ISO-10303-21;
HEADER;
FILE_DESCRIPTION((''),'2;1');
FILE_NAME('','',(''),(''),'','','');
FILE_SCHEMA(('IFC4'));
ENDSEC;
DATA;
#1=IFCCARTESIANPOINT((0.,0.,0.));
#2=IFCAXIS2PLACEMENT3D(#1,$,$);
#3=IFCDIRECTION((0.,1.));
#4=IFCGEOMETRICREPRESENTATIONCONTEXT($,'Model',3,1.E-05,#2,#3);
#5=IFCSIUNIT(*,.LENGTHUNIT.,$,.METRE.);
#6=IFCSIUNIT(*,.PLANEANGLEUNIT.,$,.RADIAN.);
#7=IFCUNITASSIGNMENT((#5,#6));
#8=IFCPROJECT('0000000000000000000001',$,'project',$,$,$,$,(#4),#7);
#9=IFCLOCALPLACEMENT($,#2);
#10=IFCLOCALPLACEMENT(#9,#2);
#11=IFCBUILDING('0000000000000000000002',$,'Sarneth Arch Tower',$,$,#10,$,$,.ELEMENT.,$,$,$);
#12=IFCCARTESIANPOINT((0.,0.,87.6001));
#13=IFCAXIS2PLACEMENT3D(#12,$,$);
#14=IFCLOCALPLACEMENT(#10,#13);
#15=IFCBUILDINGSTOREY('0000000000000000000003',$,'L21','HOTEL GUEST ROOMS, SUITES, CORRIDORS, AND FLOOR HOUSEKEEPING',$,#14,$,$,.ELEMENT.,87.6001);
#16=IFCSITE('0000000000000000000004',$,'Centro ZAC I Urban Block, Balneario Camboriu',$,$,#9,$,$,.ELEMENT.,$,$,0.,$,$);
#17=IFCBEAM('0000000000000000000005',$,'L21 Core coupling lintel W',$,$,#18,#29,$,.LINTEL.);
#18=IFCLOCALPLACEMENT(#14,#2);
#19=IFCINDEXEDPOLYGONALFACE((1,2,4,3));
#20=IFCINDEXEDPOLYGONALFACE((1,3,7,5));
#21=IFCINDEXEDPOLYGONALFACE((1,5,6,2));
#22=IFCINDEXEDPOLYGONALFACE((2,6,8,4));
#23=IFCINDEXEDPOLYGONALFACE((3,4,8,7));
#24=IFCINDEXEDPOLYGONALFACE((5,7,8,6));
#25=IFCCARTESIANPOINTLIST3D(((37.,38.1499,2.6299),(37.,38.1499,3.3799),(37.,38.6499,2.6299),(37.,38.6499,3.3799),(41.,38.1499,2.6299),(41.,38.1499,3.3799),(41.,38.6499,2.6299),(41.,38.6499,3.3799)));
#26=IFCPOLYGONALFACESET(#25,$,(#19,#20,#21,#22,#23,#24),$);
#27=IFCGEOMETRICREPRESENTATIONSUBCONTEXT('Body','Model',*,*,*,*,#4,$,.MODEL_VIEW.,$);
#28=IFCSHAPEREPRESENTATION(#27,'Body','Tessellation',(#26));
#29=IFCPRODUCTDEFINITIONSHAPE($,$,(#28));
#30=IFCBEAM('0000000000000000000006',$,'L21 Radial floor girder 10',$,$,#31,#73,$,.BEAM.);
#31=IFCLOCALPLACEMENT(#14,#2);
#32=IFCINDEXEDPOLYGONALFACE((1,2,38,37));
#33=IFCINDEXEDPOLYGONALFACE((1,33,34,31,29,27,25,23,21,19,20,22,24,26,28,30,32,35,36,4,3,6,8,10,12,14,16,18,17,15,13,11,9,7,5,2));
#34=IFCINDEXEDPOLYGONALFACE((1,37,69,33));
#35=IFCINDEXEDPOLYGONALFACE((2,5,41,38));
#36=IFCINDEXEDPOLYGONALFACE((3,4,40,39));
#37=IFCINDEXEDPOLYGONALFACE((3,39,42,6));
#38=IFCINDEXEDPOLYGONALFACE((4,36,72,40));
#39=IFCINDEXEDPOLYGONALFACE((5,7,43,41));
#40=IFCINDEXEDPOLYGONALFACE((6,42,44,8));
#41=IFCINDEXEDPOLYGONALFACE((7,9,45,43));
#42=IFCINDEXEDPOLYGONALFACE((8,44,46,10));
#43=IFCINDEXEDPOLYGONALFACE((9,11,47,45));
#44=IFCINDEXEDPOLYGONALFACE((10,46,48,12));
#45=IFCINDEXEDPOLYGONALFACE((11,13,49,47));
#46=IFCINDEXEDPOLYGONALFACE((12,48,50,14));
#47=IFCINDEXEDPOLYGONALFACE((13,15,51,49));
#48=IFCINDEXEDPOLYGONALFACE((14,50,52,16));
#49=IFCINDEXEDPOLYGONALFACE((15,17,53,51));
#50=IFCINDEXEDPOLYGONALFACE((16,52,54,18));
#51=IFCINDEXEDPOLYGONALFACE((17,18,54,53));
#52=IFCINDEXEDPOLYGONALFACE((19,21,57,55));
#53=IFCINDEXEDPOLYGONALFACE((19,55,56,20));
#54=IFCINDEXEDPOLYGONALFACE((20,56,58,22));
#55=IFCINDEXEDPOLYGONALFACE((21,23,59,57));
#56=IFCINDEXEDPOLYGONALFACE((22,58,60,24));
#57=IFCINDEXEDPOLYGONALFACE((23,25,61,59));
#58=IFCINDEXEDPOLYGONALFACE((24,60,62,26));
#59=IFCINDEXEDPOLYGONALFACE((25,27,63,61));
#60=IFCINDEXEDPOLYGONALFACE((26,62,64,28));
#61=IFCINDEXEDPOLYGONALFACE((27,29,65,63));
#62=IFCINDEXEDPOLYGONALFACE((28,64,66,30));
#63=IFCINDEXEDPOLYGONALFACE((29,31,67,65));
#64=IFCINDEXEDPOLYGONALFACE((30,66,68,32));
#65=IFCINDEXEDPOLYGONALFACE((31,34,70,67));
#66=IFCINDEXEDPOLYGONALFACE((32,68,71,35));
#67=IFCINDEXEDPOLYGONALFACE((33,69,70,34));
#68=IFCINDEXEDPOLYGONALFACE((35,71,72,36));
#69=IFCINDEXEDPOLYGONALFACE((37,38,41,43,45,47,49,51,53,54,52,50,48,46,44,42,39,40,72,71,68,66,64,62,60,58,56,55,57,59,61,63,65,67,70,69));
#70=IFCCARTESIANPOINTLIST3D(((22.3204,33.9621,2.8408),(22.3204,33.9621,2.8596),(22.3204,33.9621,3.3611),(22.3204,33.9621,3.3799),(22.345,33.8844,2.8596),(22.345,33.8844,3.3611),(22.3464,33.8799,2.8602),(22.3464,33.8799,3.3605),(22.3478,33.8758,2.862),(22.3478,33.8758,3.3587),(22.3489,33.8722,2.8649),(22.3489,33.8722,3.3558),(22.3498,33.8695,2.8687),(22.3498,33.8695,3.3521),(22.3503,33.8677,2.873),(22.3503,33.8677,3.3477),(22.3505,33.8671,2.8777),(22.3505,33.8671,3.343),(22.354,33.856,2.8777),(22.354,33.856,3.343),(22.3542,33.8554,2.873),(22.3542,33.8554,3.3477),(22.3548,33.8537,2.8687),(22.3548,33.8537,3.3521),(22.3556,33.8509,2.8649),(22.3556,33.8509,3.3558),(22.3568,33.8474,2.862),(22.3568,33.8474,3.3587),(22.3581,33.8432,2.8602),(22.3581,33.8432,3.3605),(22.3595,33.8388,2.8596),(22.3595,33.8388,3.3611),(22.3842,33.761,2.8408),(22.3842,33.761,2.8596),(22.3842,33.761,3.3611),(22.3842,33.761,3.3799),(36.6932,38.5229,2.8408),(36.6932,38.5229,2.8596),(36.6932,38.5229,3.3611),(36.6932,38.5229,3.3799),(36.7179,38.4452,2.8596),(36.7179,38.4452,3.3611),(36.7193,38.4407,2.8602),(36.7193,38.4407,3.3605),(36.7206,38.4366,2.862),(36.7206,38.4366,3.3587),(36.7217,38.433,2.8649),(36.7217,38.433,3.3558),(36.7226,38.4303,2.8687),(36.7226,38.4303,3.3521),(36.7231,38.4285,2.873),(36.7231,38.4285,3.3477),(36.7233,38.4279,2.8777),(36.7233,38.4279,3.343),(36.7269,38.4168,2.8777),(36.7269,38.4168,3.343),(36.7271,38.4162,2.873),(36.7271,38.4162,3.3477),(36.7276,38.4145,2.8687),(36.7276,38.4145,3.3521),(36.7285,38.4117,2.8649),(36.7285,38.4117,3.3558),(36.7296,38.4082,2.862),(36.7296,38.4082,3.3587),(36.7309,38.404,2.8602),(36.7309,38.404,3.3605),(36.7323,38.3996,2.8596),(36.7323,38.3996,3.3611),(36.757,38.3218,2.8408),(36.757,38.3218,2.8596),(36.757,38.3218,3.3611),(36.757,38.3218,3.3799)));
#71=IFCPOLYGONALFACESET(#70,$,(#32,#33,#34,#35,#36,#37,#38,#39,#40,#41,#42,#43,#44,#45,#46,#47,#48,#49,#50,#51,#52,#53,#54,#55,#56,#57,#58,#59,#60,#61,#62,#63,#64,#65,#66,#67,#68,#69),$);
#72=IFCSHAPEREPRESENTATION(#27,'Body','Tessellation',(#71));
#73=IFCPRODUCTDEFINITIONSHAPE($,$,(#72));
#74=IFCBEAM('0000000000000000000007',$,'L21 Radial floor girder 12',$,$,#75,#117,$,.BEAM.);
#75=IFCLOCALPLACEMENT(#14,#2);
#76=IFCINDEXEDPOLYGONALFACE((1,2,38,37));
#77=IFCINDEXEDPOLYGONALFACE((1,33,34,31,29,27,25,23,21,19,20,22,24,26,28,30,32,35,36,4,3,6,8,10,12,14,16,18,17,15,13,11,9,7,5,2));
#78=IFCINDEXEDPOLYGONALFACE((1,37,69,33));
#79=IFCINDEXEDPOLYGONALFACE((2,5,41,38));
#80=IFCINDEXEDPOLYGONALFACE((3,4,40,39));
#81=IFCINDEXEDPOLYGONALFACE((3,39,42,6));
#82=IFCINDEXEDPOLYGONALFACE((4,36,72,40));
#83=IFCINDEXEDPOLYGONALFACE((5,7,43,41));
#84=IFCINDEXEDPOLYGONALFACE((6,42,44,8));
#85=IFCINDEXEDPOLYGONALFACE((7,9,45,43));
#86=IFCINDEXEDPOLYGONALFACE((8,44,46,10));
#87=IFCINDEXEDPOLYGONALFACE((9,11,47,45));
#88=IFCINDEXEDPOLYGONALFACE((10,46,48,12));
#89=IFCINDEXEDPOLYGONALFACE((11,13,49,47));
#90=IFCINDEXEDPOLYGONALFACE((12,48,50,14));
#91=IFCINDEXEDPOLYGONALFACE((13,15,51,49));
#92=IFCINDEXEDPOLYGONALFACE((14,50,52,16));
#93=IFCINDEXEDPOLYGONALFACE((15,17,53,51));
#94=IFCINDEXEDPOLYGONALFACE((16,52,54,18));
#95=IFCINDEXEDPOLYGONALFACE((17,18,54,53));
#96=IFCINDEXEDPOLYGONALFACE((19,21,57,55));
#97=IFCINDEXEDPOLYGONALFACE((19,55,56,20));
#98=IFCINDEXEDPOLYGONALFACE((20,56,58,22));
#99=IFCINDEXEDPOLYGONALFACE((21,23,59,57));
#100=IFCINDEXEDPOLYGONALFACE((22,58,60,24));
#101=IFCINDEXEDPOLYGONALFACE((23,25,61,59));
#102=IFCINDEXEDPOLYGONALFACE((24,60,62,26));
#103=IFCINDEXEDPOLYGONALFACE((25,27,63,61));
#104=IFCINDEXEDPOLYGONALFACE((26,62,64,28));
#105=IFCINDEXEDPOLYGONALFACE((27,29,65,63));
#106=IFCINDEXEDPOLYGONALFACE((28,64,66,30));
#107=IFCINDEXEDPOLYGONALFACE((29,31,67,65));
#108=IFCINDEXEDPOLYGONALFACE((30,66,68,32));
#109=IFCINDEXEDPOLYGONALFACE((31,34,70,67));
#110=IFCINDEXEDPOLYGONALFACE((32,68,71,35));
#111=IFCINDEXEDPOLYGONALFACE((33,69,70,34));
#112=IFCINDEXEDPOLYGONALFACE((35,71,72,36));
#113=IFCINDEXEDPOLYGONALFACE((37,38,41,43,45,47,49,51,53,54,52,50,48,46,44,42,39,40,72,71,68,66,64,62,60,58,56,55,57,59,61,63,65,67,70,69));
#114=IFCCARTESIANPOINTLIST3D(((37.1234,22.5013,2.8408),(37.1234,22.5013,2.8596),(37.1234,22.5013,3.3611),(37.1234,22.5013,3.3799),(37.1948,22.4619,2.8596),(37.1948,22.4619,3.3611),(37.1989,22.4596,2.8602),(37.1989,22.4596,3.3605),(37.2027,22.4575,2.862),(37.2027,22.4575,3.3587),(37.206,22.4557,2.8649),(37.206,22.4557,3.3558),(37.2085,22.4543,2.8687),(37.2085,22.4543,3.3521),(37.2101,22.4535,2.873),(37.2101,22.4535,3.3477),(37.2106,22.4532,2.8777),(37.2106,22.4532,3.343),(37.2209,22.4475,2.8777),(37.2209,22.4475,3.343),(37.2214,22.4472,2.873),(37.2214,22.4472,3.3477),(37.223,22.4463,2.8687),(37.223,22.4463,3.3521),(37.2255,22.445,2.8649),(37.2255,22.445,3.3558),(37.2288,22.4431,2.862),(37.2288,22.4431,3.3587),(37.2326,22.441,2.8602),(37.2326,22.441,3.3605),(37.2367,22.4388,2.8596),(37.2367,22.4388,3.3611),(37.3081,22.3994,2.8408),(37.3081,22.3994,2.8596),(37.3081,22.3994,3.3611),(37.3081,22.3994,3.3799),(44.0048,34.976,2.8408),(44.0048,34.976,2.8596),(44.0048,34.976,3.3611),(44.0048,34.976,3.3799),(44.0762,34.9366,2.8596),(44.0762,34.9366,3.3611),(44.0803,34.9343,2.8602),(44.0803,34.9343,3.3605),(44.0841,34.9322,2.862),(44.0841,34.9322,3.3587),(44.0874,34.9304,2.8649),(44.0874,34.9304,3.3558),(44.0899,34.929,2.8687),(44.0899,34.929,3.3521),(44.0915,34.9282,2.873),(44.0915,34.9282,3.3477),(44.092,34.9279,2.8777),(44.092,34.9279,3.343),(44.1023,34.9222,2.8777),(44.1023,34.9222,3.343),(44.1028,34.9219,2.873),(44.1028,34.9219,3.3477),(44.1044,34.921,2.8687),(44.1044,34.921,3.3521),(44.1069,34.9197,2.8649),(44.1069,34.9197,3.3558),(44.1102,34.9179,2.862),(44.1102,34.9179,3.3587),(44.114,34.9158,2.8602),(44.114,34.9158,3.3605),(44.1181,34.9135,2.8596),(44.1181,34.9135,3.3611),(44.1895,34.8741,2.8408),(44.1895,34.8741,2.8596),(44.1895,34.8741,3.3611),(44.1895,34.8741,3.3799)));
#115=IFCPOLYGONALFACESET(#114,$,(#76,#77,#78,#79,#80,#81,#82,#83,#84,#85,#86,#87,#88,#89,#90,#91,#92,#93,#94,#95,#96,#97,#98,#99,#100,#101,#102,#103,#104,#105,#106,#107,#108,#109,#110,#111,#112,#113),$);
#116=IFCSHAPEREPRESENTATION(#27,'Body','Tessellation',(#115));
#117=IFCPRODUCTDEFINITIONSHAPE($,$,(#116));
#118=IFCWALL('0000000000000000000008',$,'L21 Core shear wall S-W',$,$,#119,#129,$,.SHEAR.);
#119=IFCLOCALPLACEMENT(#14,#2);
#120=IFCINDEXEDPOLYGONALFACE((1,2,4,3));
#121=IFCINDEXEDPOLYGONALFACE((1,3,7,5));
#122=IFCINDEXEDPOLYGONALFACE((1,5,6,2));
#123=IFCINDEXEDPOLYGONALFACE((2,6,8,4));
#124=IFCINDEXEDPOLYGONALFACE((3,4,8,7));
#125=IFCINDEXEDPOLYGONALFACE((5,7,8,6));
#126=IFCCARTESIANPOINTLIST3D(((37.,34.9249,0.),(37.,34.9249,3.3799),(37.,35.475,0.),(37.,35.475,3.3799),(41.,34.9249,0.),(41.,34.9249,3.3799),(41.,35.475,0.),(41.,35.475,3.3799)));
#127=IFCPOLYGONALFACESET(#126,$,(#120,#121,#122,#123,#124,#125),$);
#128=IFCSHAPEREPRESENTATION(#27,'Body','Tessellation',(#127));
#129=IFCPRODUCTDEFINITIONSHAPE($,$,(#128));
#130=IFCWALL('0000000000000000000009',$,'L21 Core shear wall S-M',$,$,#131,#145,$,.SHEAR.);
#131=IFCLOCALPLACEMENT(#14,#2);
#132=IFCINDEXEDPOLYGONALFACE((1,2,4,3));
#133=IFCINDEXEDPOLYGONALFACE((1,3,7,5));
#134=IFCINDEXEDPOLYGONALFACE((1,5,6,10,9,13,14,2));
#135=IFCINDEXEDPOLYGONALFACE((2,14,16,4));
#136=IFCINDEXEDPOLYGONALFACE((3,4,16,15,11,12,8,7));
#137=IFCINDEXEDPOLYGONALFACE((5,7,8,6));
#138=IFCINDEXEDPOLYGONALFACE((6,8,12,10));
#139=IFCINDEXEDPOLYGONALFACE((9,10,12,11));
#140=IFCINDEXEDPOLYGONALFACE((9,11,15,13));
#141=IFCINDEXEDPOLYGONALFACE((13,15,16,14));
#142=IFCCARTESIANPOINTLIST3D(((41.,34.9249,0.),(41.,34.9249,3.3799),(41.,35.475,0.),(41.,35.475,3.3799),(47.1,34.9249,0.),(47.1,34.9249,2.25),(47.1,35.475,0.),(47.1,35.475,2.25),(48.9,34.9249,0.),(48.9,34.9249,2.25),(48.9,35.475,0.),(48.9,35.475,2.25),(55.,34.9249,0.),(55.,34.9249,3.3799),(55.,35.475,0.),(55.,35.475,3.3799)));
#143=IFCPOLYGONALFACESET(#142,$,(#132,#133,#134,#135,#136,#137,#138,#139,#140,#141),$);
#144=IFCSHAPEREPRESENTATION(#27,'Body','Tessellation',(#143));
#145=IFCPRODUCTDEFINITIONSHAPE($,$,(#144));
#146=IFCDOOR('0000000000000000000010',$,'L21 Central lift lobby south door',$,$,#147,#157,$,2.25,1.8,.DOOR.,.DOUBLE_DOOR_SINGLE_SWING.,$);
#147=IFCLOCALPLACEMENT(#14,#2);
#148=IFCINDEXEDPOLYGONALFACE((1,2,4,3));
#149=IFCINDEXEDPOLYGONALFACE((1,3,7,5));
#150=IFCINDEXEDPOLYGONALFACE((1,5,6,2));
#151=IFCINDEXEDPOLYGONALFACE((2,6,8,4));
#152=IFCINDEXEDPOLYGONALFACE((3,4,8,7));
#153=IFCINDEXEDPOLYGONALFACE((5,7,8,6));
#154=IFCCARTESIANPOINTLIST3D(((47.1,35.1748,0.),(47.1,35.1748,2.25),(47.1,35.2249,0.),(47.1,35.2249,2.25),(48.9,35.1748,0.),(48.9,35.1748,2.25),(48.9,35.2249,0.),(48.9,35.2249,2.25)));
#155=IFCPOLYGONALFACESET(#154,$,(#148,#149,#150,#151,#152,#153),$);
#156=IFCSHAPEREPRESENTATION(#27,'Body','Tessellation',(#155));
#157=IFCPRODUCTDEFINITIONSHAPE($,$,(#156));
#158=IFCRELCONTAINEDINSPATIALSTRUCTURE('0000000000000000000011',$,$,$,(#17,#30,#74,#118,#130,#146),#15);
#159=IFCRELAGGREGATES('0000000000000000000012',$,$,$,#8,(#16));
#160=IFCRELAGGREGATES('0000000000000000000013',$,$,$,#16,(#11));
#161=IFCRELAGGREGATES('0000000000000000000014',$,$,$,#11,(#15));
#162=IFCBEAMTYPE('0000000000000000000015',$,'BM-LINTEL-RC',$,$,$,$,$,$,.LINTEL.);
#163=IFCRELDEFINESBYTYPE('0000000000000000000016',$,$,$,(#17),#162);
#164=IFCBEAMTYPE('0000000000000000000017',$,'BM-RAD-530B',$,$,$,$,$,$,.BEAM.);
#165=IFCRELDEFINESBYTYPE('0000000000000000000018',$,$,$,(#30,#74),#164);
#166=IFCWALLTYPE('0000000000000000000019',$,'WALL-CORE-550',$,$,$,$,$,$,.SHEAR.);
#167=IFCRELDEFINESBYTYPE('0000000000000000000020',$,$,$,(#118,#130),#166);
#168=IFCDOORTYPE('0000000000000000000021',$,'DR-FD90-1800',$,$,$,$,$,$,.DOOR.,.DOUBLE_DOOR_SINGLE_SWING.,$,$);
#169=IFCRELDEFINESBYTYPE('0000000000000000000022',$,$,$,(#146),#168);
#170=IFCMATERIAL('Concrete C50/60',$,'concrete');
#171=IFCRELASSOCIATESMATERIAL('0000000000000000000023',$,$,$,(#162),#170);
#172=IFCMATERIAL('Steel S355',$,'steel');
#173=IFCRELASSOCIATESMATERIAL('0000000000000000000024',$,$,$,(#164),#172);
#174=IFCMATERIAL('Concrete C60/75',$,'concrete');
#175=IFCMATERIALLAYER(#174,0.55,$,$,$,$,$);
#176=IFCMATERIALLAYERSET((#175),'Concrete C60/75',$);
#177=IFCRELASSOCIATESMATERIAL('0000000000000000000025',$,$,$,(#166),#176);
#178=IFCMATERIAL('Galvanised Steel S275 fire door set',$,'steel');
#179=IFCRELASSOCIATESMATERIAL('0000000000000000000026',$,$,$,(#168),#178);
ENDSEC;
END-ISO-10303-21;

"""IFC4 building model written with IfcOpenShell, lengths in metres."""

from ifc_helpers import new_model, si_unit, direction, frame, frame_2d, origin, origin_2d, place, context, subcontext, project, spatial, rectangle, i_section, extrude, material, layer, layer_set, material_profile, profile_set, type_object, element, fill, save


model = new_model("IFC4")

# Units and contexts
model_context = context("Model", 3, precision=1e-05, world=origin(), true_north=direction((0.0, 1.0)))
body_context = subcontext(model_context, "Body", "Model", "MODEL_VIEW")
ifc_project = project(units=[si_unit("LENGTHUNIT", "METRE"), si_unit("PLANEANGLEUNIT", "RADIAN")], contexts=[model_context])

# Site, building, storey
site_placement = place(None, origin())
site = spatial("IfcSite", under=ifc_project, at=site_placement, Name="Centro ZAC I Urban Block, Balneario Camboriu", CompositionType="ELEMENT", RefElevation=0.0)
building_placement = place(site_placement, origin())
building = spatial("IfcBuilding", under=site, at=building_placement, Name="Sarneth Arch Tower", CompositionType="ELEMENT")
storey_placement = place(building_placement, frame((0.0, 0.0, 87.6001)))
storey = spatial("IfcBuildingStorey", under=building, at=storey_placement, Name="L21", Description="HOTEL GUEST ROOMS, SUITES, CORRIDORS, AND FLOOR HOUSEKEEPING", CompositionType="ELEMENT", Elevation=87.6001)

# Beams
ifc_material_1 = material(Name="Concrete C50/60", Category="concrete")
ifc_material_profile_1 = material_profile(ifc_material_1, rectangle(XDim=0.5, YDim=0.75, at=origin_2d()), Name="RC-500x750")
ifc_profile_set_1 = profile_set([ifc_material_profile_1], Name="Concrete C50/60")
beam_type_1 = type_object("IfcBeamType", Name="BM-LINTEL-RC", PredefinedType="LINTEL", material=ifc_profile_set_1)
beam_1_placement = place(storey_placement, frame((37.0, 38.3999, 3.0049), z_axis=(1.0, 0.0, 0.0), x_axis=(0.0, 1.0, 0.0)))
element("IfcBeam", 1, at=beam_1_placement, inside=storey, type_object=beam_type_1, Name="L21 Core coupling lintel W", PredefinedType="LINTEL", context=body_context, shape_type="SweptSolid", body=[
    extrude(rectangle(XDim=0.5, YDim=0.75, at=origin_2d()), origin(), (0.0, 0.0, 1.0), 4.0),
])
ifc_material_2 = material(Name="Steel S355", Category="steel")
ifc_material_profile_2 = material_profile(ifc_material_2, i_section(OverallWidth=0.2109, OverallDepth=0.5391, WebThickness=0.0117, FlangeThickness=0.0188, FilletRadius=0.0181, at=origin_2d()), Name="W530x109")
ifc_profile_set_2 = profile_set([ifc_material_profile_2], Name="Steel S355")
beam_type_2 = type_object("IfcBeamType", Name="BM-RAD-530B", PredefinedType="BEAM", material=ifc_profile_set_2)
beam_2_placement = place(storey_placement, frame((36.7251, 38.4224, 3.1104), z_axis=(-0.953163, -0.302458, 0.0), x_axis=(0.302458, -0.953163, 0.0)))
element("IfcBeam", 2, at=beam_2_placement, inside=storey, type_object=beam_type_2, Name="L21 Radial floor girder 10", PredefinedType="BEAM", context=body_context, shape_type="SweptSolid", body=[
    extrude(i_section(OverallWidth=0.2109, OverallDepth=0.5391, WebThickness=0.0117, FlangeThickness=0.0188, FilletRadius=0.0181, at=origin_2d()), origin(), (0.0, 0.0, 1.0), 15.0791),
])
beam_3_placement = place(storey_placement, frame((44.0972, 34.925, 3.1104), z_axis=(-0.483013, -0.875613, 0.0), x_axis=(0.875613, -0.483013, 0.0)))
element("IfcBeam", 3, at=beam_3_placement, inside=storey, type_object=beam_type_2, Name="L21 Radial floor girder 12", PredefinedType="BEAM", context=body_context, shape_type="SweptSolid", body=[
    extrude(i_section(OverallWidth=0.2109, OverallDepth=0.5391, WebThickness=0.0117, FlangeThickness=0.0188, FilletRadius=0.0181, at=origin_2d()), origin(), (0.0, 0.0, 1.0), 14.2468),
])

# Wall
ifc_material_3 = material(Name="Concrete C60/75", Category="concrete")
ifc_layer_1 = layer(ifc_material_3, 0.55)
ifc_layer_set_1 = layer_set([ifc_layer_1], Name="Concrete C60/75")
wall_type_1 = type_object("IfcWallType", Name="WALL-CORE-550", PredefinedType="SHEAR", material=ifc_layer_set_1)
wall_1_placement = place(storey_placement, frame((37.0, 35.2, 0.0), z_axis=(0.0, 0.0, 1.0), x_axis=(1.0, 0.0, 0.0)))
element("IfcWall", 4, at=wall_1_placement, inside=storey, type_object=wall_type_1, Name="L21 Core shear wall S-W", PredefinedType="SHEAR", context=body_context, shape_type="SweptSolid", body=[
    extrude(rectangle(XDim=4.0, YDim=0.55, at=frame_2d((2.0, 0.0))), origin(), (0.0, 0.0, 1.0), 3.3799),
])

# Wall, opening, door
wall_2_placement = place(storey_placement, frame((41.0, 35.2, 0.0), z_axis=(0.0, 0.0, 1.0), x_axis=(1.0, 0.0, 0.0)))
wall_2 = element("IfcWall", 5, at=wall_2_placement, inside=storey, type_object=wall_type_1, Name="L21 Core shear wall S-M", PredefinedType="SHEAR", context=body_context, shape_type="SweptSolid", body=[
    extrude(rectangle(XDim=14.0, YDim=0.55, at=frame_2d((7.0, 0.0))), origin(), (0.0, 0.0, 1.0), 3.3799),
])
opening_1_placement = place(wall_2_placement, frame((6.1001, 0.0, 0.0)))
opening_1 = element("IfcOpeningElement", 6, at=opening_1_placement, cuts=wall_2, PredefinedType="OPENING", context=body_context, shape_type="SweptSolid", body=[
    extrude(rectangle(XDim=1.8, YDim=2.25, at=frame_2d((0.8999, 1.125))), frame((0.0, 0.2849, 0.0), z_axis=(0.0, -1.0, 0.0), x_axis=(1.0, 0.0, 0.0)), (0.0, 0.0, 1.0), 0.5701),
])
ifc_material_4 = material(Name="Galvanised Steel S275 fire door set", Category="steel")
door_type_1 = type_object("IfcDoorType", Name="DR-FD90-1800", OperationType="DOUBLE_DOOR_SINGLE_SWING", PredefinedType="DOOR", material=ifc_material_4)
door_1_placement = place(opening_1_placement, origin())
door_1 = element("IfcDoor", 7, at=door_1_placement, inside=storey, type_object=door_type_1, Name="L21 Central lift lobby south door", OperationType="DOUBLE_DOOR_SINGLE_SWING", OverallHeight=2.25, OverallWidth=1.8, PredefinedType="DOOR", context=body_context, shape_type="SweptSolid", body=[
    extrude(rectangle(XDim=1.8, YDim=2.25, at=frame_2d((0.8999, 1.125))), frame((0.0, 0.0249, 0.0), z_axis=(0.0, -1.0, 0.0), x_axis=(1.0, 0.0, 0.0)), (0.0, 0.0, 1.0), 0.05),
])
fill(opening_1, door_1)

save(model, "model.ifc")
